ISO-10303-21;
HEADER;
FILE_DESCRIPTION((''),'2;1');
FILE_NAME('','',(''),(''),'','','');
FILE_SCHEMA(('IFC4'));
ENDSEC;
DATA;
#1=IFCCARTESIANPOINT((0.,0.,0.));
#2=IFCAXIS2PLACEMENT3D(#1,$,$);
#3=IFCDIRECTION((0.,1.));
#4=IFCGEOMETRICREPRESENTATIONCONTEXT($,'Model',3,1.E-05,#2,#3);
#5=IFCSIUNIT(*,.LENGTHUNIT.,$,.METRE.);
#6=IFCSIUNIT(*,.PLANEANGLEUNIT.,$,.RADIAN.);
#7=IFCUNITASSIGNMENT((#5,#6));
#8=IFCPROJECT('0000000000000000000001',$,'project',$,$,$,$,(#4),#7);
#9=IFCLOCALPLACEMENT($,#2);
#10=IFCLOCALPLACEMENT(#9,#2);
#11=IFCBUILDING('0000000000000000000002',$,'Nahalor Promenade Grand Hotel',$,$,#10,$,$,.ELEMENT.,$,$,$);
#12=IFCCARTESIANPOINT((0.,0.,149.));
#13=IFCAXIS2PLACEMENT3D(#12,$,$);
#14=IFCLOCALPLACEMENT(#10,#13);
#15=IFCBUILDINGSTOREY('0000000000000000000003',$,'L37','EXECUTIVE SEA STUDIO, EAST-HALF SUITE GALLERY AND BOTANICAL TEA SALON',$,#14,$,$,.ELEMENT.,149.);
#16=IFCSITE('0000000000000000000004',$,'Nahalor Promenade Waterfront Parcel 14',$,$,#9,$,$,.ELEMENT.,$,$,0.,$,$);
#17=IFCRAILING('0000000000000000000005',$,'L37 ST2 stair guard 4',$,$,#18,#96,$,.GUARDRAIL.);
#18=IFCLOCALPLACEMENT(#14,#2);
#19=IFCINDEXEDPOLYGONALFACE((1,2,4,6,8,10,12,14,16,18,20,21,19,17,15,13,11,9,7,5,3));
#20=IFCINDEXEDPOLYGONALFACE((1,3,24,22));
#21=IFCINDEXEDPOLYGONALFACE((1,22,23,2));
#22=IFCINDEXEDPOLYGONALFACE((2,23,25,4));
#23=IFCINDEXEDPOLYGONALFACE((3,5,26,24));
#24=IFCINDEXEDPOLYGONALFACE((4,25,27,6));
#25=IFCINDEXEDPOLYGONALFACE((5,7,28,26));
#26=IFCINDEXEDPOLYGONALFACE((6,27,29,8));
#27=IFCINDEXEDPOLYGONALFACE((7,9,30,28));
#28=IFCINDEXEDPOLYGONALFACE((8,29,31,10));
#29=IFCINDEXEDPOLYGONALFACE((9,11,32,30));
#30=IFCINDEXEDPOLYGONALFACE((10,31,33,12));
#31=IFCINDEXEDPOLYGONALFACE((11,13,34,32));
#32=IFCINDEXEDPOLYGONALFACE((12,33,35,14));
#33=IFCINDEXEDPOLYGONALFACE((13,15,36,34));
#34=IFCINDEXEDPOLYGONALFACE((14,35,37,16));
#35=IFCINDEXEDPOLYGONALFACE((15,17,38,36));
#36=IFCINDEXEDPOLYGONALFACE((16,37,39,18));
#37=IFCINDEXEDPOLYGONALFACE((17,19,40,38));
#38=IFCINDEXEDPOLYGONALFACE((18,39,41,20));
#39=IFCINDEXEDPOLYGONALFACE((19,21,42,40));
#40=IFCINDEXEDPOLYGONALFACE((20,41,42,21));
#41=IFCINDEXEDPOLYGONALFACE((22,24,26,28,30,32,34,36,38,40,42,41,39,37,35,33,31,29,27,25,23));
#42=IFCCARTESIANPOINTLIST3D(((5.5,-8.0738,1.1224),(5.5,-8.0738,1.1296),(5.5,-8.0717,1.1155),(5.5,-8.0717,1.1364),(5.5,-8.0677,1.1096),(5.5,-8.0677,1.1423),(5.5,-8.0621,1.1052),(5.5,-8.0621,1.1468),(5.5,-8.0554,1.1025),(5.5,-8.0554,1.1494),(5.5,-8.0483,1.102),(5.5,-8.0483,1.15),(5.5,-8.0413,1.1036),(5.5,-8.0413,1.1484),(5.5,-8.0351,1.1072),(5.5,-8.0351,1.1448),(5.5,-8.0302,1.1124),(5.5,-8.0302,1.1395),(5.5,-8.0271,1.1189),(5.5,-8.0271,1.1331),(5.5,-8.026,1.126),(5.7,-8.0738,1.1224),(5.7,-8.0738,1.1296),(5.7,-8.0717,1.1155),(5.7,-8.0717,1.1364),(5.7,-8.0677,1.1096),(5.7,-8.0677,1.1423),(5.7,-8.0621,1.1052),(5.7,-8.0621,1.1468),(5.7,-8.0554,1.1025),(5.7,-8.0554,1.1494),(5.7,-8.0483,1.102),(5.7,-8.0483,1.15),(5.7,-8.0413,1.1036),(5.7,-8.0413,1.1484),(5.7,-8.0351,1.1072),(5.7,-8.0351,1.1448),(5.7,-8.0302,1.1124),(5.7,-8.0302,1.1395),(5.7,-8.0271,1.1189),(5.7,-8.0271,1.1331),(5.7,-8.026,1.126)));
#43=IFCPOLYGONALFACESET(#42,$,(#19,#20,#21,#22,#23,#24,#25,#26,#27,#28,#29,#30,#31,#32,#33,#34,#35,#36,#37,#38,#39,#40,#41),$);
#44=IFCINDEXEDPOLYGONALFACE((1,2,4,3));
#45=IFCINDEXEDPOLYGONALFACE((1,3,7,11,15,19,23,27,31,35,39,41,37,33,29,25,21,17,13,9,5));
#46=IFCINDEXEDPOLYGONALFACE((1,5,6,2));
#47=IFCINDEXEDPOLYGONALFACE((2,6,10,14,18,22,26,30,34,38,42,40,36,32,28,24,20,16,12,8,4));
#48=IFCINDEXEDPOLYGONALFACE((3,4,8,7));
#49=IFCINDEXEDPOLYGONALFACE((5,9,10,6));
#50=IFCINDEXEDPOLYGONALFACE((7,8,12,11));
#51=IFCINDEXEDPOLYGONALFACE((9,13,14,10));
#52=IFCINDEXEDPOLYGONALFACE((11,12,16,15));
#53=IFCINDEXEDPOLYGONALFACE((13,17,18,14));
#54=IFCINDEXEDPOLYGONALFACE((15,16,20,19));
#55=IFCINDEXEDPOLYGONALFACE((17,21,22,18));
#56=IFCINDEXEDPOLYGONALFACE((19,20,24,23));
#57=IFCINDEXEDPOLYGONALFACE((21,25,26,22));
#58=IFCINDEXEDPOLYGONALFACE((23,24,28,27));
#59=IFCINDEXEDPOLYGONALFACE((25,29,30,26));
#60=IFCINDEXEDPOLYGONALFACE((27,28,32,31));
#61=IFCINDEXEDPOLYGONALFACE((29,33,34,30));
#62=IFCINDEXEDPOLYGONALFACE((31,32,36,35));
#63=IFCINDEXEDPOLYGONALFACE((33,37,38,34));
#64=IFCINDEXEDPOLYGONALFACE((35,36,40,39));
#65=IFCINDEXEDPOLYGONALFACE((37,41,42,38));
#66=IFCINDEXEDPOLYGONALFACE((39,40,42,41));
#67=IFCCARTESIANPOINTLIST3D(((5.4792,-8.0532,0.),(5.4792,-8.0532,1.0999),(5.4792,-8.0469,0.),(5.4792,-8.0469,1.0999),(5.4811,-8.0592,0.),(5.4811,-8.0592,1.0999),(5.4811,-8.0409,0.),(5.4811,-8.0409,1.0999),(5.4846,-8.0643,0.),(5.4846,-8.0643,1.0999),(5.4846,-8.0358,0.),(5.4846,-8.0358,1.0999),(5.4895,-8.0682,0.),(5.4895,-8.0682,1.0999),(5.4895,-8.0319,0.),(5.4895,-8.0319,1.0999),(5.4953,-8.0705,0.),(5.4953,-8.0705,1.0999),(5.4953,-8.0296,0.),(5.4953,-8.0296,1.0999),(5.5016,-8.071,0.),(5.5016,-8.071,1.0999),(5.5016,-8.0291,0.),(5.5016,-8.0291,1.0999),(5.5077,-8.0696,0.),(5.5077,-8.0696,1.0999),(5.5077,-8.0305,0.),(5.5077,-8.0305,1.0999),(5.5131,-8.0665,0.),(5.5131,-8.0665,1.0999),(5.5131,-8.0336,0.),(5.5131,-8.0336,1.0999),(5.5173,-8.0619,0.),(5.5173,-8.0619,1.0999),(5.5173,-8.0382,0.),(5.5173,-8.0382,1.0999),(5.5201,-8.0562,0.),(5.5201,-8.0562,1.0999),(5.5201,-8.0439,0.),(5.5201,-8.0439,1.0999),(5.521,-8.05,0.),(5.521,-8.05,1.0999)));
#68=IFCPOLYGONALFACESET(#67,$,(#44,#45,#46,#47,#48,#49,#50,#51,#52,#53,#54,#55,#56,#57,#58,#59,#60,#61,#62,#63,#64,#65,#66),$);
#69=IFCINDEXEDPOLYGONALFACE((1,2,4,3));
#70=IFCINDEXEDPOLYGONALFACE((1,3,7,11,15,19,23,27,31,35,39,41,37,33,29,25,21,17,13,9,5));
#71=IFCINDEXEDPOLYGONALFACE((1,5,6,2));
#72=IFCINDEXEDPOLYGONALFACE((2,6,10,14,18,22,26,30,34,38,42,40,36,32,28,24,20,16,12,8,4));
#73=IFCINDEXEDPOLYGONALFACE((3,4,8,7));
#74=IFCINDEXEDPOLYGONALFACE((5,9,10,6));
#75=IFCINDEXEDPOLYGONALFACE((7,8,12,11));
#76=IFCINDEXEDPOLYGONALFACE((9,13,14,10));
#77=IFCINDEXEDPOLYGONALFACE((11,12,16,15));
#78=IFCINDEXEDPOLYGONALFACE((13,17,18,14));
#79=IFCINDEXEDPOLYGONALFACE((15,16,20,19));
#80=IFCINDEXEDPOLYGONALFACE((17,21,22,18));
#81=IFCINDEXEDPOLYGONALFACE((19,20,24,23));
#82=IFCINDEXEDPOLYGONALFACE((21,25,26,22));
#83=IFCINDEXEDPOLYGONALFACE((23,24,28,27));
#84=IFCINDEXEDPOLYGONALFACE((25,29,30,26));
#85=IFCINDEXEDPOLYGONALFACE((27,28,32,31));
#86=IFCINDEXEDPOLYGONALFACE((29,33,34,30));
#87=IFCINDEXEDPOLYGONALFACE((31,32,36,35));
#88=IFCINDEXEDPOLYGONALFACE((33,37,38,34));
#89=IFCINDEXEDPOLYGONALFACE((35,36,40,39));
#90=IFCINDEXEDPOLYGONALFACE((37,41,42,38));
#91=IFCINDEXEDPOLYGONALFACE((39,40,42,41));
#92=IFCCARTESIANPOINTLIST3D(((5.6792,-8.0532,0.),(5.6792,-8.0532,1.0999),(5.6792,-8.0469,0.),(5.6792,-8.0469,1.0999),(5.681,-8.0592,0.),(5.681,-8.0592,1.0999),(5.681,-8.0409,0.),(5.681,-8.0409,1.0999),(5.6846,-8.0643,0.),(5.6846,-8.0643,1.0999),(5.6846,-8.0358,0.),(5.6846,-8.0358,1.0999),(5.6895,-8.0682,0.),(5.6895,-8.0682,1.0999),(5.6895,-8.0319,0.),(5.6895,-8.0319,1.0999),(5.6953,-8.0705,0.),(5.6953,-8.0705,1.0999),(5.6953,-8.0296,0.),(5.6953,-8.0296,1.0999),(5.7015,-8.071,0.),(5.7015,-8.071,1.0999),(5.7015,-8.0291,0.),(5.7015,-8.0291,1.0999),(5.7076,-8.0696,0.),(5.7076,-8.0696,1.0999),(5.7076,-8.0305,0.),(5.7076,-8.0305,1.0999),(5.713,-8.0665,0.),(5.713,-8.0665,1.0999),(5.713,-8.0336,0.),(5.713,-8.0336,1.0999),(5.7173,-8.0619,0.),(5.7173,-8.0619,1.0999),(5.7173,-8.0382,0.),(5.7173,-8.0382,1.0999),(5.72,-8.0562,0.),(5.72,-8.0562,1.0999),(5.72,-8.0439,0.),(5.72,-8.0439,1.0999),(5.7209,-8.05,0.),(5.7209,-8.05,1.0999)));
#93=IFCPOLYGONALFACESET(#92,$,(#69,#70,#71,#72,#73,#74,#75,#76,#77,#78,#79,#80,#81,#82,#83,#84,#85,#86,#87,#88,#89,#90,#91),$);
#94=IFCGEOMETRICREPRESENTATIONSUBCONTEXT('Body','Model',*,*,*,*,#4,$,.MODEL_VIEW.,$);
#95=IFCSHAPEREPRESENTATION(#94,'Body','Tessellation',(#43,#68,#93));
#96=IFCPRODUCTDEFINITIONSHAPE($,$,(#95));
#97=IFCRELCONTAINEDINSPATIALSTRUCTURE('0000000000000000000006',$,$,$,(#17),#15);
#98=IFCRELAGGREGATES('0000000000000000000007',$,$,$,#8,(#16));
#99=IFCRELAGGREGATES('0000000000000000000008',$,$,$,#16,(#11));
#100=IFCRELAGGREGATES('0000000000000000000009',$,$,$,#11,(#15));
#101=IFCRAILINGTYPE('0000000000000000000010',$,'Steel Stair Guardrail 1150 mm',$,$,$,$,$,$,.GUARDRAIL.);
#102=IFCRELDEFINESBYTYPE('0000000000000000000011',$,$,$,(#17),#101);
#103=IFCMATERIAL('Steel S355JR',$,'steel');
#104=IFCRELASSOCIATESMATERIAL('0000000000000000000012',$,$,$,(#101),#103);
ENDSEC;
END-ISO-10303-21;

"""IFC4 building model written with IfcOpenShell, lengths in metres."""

from ifc_helpers import new_model, si_unit, direction, frame, origin, origin_2d, place, context, subcontext, project, spatial, circle, extrude, material, type_object, element, save


model = new_model("IFC4")

# Units and contexts
model_context = context("Model", 3, precision=1e-05, world=origin(), true_north=direction((0.0, 1.0)))
body_context = subcontext(model_context, "Body", "Model", "MODEL_VIEW")
ifc_project = project(units=[si_unit("LENGTHUNIT", "METRE"), si_unit("PLANEANGLEUNIT", "RADIAN")], contexts=[model_context])

# Site, building, storey
site_placement = place(None, origin())
site = spatial("IfcSite", under=ifc_project, at=site_placement, Name="Nahalor Promenade Waterfront Parcel 14", CompositionType="ELEMENT", RefElevation=0.0)
building_placement = place(site_placement, origin())
building = spatial("IfcBuilding", under=site, at=building_placement, Name="Nahalor Promenade Grand Hotel", CompositionType="ELEMENT")
storey_placement = place(building_placement, frame((0.0, 0.0, 149.0)))
storey = spatial("IfcBuildingStorey", under=building, at=storey_placement, Name="L37", Description="EXECUTIVE SEA STUDIO, EAST-HALF SUITE GALLERY AND BOTANICAL TEA SALON", CompositionType="ELEMENT", Elevation=149.0)

# Shared definitions
ifc_material_1 = material(Name="Steel S355JR", Category="steel")

# Railing
railing_type_1 = type_object("IfcRailingType", Name="Steel Stair Guardrail 1150 mm", PredefinedType="GUARDRAIL", material=ifc_material_1)
railing_1_placement = place(storey_placement, frame((5.5, -8.05, 0.0)))
element("IfcRailing", 1, at=railing_1_placement, inside=storey, type_object=railing_type_1, Name="L37 ST2 stair guard 4", PredefinedType="GUARDRAIL", context=body_context, shape_type="SweptSolid", body=[
    extrude(circle(Radius=0.024, at=origin_2d()), frame((0.0, 0.0, 1.126), z_axis=(1.0, 0.0, 0.0), x_axis=(0.0, 1.0, 0.0)), (0.0, 0.0, 1.0), 0.2),
    extrude(circle(Radius=0.021, at=origin_2d()), origin(), (0.0, 0.0, 1.0), 1.0999),
    extrude(circle(Radius=0.021, at=origin_2d()), frame((0.2, 0.0, 0.0)), (0.0, 0.0, 1.0), 1.0999),
])

save(model, "model.ifc")
